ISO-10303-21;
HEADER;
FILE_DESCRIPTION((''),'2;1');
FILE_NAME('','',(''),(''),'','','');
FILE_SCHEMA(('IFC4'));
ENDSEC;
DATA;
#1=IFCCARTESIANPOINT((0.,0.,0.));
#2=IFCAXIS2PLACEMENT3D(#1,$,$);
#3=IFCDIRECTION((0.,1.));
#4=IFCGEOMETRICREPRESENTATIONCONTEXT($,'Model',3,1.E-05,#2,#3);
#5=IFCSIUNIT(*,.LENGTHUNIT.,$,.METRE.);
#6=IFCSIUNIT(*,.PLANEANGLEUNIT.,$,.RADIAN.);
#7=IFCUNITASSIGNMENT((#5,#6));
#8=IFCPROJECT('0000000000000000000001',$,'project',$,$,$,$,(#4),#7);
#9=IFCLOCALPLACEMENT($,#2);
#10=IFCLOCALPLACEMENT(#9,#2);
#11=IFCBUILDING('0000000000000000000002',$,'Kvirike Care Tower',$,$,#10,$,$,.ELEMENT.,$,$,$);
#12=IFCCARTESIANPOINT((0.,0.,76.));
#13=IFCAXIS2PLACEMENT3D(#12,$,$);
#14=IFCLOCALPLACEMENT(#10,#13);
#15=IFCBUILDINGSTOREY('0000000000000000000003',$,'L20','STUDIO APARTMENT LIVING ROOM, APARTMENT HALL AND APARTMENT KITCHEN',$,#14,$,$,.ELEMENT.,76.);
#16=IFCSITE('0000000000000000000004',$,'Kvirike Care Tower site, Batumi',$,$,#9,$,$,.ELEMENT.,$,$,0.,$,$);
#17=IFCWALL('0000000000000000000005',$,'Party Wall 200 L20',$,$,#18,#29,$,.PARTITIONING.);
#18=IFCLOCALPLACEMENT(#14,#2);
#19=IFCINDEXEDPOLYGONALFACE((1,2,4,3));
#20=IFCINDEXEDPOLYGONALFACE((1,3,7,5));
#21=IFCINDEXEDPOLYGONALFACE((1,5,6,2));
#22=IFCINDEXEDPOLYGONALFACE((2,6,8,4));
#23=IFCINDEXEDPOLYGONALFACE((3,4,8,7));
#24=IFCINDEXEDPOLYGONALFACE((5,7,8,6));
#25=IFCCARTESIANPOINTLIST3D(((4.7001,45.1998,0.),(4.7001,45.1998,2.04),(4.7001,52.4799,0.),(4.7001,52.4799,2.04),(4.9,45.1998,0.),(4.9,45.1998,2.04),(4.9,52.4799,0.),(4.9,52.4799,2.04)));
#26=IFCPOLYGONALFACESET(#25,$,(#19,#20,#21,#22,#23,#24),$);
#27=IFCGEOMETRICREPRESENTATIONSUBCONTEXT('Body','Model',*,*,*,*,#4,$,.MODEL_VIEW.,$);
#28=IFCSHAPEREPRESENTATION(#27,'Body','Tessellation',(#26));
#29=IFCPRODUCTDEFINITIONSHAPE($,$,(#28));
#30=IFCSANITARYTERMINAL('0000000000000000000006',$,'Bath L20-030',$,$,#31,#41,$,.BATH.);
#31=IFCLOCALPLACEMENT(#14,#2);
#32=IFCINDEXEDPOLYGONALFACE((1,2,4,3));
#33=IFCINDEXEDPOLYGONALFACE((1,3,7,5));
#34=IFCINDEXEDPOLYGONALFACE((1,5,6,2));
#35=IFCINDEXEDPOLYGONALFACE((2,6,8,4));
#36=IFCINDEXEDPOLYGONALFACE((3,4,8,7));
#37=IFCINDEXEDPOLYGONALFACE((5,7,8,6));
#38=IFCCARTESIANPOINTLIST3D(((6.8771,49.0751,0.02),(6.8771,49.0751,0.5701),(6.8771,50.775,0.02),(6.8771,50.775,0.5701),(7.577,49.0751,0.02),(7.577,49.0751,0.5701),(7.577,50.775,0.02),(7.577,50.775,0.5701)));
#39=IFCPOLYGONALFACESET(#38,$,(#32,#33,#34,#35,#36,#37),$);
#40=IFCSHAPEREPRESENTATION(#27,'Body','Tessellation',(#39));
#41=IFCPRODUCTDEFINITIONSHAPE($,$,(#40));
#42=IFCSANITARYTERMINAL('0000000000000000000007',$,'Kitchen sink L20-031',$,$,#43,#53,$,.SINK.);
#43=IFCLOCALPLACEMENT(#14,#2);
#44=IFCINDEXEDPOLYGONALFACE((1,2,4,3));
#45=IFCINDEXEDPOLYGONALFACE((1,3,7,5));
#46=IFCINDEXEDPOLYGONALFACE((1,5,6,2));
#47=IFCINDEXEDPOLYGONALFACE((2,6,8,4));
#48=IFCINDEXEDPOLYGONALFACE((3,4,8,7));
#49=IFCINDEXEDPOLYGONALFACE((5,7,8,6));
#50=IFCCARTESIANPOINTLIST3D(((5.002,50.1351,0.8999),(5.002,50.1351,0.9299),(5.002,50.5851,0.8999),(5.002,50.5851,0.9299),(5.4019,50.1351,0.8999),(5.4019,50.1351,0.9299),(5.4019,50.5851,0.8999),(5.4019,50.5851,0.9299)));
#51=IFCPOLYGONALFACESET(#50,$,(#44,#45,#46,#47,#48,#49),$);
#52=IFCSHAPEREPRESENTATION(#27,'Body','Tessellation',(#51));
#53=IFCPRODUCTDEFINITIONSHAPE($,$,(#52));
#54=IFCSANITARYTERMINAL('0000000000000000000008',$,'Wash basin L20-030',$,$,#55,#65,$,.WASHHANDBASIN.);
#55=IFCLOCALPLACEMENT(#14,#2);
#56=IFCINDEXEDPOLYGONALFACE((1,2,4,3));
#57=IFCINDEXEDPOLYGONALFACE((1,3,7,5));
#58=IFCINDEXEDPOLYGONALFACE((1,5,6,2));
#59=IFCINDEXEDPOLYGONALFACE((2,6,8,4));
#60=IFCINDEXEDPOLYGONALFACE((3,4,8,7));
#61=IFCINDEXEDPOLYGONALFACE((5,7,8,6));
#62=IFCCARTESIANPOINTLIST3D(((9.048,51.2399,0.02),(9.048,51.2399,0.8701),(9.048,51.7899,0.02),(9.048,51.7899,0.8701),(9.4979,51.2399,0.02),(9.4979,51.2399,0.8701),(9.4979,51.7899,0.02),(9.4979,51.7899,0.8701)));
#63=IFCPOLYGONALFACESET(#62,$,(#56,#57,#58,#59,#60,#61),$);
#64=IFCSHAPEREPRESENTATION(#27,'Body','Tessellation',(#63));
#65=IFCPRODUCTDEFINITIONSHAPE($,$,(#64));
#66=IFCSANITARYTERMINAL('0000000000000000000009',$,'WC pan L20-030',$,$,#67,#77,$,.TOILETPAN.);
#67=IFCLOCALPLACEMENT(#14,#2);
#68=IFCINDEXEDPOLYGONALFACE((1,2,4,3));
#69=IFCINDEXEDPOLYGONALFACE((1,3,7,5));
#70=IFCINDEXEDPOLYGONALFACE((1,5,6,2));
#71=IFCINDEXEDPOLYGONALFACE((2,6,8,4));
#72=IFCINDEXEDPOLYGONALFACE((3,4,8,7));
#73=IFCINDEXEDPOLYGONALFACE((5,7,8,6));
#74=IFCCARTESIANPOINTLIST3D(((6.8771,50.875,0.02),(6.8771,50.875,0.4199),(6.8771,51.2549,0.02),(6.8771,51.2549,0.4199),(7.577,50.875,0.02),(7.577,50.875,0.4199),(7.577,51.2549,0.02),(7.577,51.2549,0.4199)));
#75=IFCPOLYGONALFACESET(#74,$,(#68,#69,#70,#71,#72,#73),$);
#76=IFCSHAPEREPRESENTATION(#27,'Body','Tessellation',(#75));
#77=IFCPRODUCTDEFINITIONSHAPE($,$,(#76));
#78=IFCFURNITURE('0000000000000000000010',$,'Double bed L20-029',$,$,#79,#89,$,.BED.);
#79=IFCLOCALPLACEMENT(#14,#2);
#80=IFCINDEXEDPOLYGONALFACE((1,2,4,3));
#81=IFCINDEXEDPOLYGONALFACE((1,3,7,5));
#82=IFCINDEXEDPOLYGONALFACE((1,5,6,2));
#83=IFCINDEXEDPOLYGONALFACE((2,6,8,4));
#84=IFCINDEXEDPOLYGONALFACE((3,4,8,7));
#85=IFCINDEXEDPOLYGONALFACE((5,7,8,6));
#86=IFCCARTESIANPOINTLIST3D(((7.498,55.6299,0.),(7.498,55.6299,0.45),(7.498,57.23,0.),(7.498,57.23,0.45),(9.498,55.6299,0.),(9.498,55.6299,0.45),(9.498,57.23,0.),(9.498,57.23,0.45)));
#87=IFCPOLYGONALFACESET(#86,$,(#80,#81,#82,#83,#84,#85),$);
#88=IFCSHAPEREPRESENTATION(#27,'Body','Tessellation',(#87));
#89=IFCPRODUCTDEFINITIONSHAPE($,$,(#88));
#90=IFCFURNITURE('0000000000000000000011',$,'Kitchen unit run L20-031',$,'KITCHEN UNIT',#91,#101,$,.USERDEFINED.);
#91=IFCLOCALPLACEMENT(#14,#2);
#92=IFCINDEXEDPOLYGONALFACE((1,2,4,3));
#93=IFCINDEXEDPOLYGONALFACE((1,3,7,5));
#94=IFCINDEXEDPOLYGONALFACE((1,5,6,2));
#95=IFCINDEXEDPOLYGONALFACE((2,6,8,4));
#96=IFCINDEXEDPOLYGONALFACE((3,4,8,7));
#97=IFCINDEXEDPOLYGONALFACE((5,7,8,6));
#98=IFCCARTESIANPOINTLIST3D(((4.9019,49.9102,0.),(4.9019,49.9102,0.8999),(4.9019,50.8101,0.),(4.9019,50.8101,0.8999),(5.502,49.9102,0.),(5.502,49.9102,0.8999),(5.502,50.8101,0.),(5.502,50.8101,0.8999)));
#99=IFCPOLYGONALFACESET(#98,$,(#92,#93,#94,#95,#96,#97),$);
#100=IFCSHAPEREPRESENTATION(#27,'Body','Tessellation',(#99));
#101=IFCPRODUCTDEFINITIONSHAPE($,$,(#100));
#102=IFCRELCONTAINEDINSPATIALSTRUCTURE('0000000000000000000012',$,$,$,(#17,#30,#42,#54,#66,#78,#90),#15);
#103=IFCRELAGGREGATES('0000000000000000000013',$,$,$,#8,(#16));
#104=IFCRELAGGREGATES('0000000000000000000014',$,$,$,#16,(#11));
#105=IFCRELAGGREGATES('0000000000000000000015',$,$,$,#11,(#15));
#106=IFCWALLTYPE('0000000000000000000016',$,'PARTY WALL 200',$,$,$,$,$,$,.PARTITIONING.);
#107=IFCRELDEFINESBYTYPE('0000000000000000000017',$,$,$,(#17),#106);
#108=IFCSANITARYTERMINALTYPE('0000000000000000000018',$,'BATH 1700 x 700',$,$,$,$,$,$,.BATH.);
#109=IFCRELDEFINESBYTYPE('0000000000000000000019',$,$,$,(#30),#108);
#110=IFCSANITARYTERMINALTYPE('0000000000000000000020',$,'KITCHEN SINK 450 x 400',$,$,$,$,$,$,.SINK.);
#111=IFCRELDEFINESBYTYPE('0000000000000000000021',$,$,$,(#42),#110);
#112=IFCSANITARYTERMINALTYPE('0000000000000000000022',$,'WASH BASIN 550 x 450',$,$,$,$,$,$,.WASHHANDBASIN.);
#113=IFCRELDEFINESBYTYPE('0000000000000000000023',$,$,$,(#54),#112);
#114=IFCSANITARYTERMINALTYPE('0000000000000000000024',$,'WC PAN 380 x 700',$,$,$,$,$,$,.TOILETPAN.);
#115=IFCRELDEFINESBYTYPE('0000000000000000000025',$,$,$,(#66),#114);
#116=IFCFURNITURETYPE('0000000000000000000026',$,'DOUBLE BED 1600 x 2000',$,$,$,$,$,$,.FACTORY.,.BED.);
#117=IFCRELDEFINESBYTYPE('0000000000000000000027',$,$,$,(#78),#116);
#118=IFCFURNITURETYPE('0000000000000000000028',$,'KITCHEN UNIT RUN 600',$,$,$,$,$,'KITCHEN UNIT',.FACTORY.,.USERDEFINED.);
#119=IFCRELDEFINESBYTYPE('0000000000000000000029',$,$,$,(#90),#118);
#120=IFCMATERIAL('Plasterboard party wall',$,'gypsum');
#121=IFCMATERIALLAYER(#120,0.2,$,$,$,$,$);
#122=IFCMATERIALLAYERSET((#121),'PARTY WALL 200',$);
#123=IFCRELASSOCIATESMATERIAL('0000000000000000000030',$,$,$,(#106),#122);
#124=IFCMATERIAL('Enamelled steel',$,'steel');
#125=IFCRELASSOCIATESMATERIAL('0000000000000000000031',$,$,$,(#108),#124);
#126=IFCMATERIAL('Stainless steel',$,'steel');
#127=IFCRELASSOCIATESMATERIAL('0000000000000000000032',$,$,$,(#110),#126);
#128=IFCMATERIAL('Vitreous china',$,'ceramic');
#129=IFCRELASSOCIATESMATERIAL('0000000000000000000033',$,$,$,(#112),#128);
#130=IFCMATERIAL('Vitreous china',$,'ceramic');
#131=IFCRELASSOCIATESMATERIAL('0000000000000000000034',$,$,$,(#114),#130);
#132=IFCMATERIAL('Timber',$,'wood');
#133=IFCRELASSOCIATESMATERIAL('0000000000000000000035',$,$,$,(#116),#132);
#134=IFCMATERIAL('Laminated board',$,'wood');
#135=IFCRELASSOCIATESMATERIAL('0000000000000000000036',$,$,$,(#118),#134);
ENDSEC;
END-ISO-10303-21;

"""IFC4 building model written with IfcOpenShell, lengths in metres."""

from ifc_helpers import new_model, si_unit, direction, frame, frame_2d, origin, origin_2d, place, context, subcontext, project, spatial, rectangle, extrude, material, layer, layer_set, type_object, element, save


model = new_model("IFC4")

# Units and contexts
model_context = context("Model", 3, precision=1e-05, world=origin(), true_north=direction((0.0, 1.0)))
body_context = subcontext(model_context, "Body", "Model", "MODEL_VIEW")
ifc_project = project(units=[si_unit("LENGTHUNIT", "METRE"), si_unit("PLANEANGLEUNIT", "RADIAN")], contexts=[model_context])

# Site, building, storey
site_placement = place(None, origin())
site = spatial("IfcSite", under=ifc_project, at=site_placement, Name="Kvirike Care Tower site, Batumi", CompositionType="ELEMENT", RefElevation=0.0)
building_placement = place(site_placement, origin())
building = spatial("IfcBuilding", under=site, at=building_placement, Name="Kvirike Care Tower", CompositionType="ELEMENT")
storey_placement = place(building_placement, frame((0.0, 0.0, 76.0)))
storey = spatial("IfcBuildingStorey", under=building, at=storey_placement, Name="L20", Description="STUDIO APARTMENT LIVING ROOM, APARTMENT HALL AND APARTMENT KITCHEN", CompositionType="ELEMENT", Elevation=76.0)

# Wall
ifc_material_1 = material(Name="Plasterboard party wall", Category="gypsum")
ifc_layer_1 = layer(ifc_material_1, 0.2)
ifc_layer_set_1 = layer_set([ifc_layer_1], Name="PARTY WALL 200")
wall_type_1 = type_object("IfcWallType", Name="PARTY WALL 200", PredefinedType="PARTITIONING", material=ifc_layer_set_1)
wall_1_placement = place(storey_placement, frame((4.8, 52.48, 0.0), z_axis=(0.0, 0.0, 1.0), x_axis=(0.0, -1.0, 0.0)))
element("IfcWall", 1, at=wall_1_placement, inside=storey, type_object=wall_type_1, Name="Party Wall 200 L20", PredefinedType="PARTITIONING", context=body_context, shape_type="SweptSolid", body=[
    extrude(rectangle(XDim=7.28, YDim=0.2, at=frame_2d((3.6401, 0.0))), origin(), (0.0, 0.0, 1.0), 2.04),
])

# Sanitary terminals
ifc_material_2 = material(Name="Enamelled steel", Category="steel")
sanitary_terminal_type_1 = type_object("IfcSanitaryTerminalType", Name="BATH 1700 x 700", PredefinedType="BATH", material=ifc_material_2)
sanitary_terminal_1_placement = place(storey_placement, frame((7.2271, 49.925, 0.02), z_axis=(0.0, 0.0, 1.0), x_axis=(0.0, 1.0, 0.0)))
element("IfcSanitaryTerminal", 2, at=sanitary_terminal_1_placement, inside=storey, type_object=sanitary_terminal_type_1, Name="Bath L20-030", PredefinedType="BATH", context=body_context, shape_type="SweptSolid", body=[
    extrude(rectangle(XDim=1.7, YDim=0.7, at=origin_2d()), origin(), (0.0, 0.0, 1.0), 0.55),
])
ifc_material_3 = material(Name="Stainless steel", Category="steel")
sanitary_terminal_type_2 = type_object("IfcSanitaryTerminalType", Name="KITCHEN SINK 450 x 400", PredefinedType="SINK", material=ifc_material_3)
sanitary_terminal_2_placement = place(storey_placement, frame((5.2019, 50.3601, 0.8999), z_axis=(0.0, 0.0, 1.0), x_axis=(0.0, 1.0, 0.0)))
element("IfcSanitaryTerminal", 3, at=sanitary_terminal_2_placement, inside=storey, type_object=sanitary_terminal_type_2, Name="Kitchen sink L20-031", PredefinedType="SINK", context=body_context, shape_type="SweptSolid", body=[
    extrude(rectangle(XDim=0.45, YDim=0.3999, at=origin_2d()), origin(), (0.0, 0.0, 1.0), 0.03),
])
ifc_material_4 = material(Name="Vitreous china", Category="ceramic")
sanitary_terminal_type_3 = type_object("IfcSanitaryTerminalType", Name="WASH BASIN 550 x 450", PredefinedType="WASHHANDBASIN", material=ifc_material_4)
sanitary_terminal_3_placement = place(storey_placement, frame((9.2729, 51.5149, 0.02), z_axis=(0.0, 0.0, 1.0), x_axis=(0.0, -1.0, 0.0)))
element("IfcSanitaryTerminal", 4, at=sanitary_terminal_3_placement, inside=storey, type_object=sanitary_terminal_type_3, Name="Wash basin L20-030", PredefinedType="WASHHANDBASIN", context=body_context, shape_type="SweptSolid", body=[
    extrude(rectangle(XDim=0.55, YDim=0.45, at=origin_2d()), origin(), (0.0, 0.0, 1.0), 0.8501),
])
ifc_material_5 = material(Name="Vitreous china", Category="ceramic")
sanitary_terminal_type_4 = type_object("IfcSanitaryTerminalType", Name="WC PAN 380 x 700", PredefinedType="TOILETPAN", material=ifc_material_5)
sanitary_terminal_4_placement = place(storey_placement, frame((7.2271, 51.0649, 0.02), z_axis=(0.0, 0.0, 1.0), x_axis=(0.0, 1.0, 0.0)))
element("IfcSanitaryTerminal", 5, at=sanitary_terminal_4_placement, inside=storey, type_object=sanitary_terminal_type_4, Name="WC pan L20-030", PredefinedType="TOILETPAN", context=body_context, shape_type="SweptSolid", body=[
    extrude(rectangle(XDim=0.3799, YDim=0.7, at=origin_2d()), origin(), (0.0, 0.0, 1.0), 0.3999),
])

# Furniture
ifc_material_6 = material(Name="Timber", Category="wood")
furniture_type_1 = type_object("IfcFurnitureType", Name="DOUBLE BED 1600 x 2000", AssemblyPlace="FACTORY", PredefinedType="BED", material=ifc_material_6)
furniture_1_placement = place(storey_placement, frame((8.498, 56.4299, 0.0), z_axis=(0.0, 0.0, 1.0), x_axis=(0.0, -1.0, 0.0)))
element("IfcFurniture", 6, at=furniture_1_placement, inside=storey, type_object=furniture_type_1, Name="Double bed L20-029", PredefinedType="BED", context=body_context, shape_type="SweptSolid", body=[
    extrude(rectangle(XDim=1.6001, YDim=2.0, at=origin_2d()), origin(), (0.0, 0.0, 1.0), 0.45),
])
ifc_material_7 = material(Name="Laminated board", Category="wood")
furniture_type_2 = type_object("IfcFurnitureType", Name="KITCHEN UNIT RUN 600", ElementType="KITCHEN UNIT", AssemblyPlace="FACTORY", PredefinedType="USERDEFINED", material=ifc_material_7)
furniture_2_placement = place(storey_placement, frame((5.2019, 50.3601, 0.0), z_axis=(0.0, 0.0, 1.0), x_axis=(0.0, 1.0, 0.0)))
element("IfcFurniture", 7, at=furniture_2_placement, inside=storey, type_object=furniture_type_2, Name="Kitchen unit run L20-031", ObjectType="KITCHEN UNIT", PredefinedType="USERDEFINED", context=body_context, shape_type="SweptSolid", body=[
    extrude(rectangle(XDim=0.8999, YDim=0.6001, at=origin_2d()), origin(), (0.0, 0.0, 1.0), 0.8999),
])

save(model, "model.ifc")
